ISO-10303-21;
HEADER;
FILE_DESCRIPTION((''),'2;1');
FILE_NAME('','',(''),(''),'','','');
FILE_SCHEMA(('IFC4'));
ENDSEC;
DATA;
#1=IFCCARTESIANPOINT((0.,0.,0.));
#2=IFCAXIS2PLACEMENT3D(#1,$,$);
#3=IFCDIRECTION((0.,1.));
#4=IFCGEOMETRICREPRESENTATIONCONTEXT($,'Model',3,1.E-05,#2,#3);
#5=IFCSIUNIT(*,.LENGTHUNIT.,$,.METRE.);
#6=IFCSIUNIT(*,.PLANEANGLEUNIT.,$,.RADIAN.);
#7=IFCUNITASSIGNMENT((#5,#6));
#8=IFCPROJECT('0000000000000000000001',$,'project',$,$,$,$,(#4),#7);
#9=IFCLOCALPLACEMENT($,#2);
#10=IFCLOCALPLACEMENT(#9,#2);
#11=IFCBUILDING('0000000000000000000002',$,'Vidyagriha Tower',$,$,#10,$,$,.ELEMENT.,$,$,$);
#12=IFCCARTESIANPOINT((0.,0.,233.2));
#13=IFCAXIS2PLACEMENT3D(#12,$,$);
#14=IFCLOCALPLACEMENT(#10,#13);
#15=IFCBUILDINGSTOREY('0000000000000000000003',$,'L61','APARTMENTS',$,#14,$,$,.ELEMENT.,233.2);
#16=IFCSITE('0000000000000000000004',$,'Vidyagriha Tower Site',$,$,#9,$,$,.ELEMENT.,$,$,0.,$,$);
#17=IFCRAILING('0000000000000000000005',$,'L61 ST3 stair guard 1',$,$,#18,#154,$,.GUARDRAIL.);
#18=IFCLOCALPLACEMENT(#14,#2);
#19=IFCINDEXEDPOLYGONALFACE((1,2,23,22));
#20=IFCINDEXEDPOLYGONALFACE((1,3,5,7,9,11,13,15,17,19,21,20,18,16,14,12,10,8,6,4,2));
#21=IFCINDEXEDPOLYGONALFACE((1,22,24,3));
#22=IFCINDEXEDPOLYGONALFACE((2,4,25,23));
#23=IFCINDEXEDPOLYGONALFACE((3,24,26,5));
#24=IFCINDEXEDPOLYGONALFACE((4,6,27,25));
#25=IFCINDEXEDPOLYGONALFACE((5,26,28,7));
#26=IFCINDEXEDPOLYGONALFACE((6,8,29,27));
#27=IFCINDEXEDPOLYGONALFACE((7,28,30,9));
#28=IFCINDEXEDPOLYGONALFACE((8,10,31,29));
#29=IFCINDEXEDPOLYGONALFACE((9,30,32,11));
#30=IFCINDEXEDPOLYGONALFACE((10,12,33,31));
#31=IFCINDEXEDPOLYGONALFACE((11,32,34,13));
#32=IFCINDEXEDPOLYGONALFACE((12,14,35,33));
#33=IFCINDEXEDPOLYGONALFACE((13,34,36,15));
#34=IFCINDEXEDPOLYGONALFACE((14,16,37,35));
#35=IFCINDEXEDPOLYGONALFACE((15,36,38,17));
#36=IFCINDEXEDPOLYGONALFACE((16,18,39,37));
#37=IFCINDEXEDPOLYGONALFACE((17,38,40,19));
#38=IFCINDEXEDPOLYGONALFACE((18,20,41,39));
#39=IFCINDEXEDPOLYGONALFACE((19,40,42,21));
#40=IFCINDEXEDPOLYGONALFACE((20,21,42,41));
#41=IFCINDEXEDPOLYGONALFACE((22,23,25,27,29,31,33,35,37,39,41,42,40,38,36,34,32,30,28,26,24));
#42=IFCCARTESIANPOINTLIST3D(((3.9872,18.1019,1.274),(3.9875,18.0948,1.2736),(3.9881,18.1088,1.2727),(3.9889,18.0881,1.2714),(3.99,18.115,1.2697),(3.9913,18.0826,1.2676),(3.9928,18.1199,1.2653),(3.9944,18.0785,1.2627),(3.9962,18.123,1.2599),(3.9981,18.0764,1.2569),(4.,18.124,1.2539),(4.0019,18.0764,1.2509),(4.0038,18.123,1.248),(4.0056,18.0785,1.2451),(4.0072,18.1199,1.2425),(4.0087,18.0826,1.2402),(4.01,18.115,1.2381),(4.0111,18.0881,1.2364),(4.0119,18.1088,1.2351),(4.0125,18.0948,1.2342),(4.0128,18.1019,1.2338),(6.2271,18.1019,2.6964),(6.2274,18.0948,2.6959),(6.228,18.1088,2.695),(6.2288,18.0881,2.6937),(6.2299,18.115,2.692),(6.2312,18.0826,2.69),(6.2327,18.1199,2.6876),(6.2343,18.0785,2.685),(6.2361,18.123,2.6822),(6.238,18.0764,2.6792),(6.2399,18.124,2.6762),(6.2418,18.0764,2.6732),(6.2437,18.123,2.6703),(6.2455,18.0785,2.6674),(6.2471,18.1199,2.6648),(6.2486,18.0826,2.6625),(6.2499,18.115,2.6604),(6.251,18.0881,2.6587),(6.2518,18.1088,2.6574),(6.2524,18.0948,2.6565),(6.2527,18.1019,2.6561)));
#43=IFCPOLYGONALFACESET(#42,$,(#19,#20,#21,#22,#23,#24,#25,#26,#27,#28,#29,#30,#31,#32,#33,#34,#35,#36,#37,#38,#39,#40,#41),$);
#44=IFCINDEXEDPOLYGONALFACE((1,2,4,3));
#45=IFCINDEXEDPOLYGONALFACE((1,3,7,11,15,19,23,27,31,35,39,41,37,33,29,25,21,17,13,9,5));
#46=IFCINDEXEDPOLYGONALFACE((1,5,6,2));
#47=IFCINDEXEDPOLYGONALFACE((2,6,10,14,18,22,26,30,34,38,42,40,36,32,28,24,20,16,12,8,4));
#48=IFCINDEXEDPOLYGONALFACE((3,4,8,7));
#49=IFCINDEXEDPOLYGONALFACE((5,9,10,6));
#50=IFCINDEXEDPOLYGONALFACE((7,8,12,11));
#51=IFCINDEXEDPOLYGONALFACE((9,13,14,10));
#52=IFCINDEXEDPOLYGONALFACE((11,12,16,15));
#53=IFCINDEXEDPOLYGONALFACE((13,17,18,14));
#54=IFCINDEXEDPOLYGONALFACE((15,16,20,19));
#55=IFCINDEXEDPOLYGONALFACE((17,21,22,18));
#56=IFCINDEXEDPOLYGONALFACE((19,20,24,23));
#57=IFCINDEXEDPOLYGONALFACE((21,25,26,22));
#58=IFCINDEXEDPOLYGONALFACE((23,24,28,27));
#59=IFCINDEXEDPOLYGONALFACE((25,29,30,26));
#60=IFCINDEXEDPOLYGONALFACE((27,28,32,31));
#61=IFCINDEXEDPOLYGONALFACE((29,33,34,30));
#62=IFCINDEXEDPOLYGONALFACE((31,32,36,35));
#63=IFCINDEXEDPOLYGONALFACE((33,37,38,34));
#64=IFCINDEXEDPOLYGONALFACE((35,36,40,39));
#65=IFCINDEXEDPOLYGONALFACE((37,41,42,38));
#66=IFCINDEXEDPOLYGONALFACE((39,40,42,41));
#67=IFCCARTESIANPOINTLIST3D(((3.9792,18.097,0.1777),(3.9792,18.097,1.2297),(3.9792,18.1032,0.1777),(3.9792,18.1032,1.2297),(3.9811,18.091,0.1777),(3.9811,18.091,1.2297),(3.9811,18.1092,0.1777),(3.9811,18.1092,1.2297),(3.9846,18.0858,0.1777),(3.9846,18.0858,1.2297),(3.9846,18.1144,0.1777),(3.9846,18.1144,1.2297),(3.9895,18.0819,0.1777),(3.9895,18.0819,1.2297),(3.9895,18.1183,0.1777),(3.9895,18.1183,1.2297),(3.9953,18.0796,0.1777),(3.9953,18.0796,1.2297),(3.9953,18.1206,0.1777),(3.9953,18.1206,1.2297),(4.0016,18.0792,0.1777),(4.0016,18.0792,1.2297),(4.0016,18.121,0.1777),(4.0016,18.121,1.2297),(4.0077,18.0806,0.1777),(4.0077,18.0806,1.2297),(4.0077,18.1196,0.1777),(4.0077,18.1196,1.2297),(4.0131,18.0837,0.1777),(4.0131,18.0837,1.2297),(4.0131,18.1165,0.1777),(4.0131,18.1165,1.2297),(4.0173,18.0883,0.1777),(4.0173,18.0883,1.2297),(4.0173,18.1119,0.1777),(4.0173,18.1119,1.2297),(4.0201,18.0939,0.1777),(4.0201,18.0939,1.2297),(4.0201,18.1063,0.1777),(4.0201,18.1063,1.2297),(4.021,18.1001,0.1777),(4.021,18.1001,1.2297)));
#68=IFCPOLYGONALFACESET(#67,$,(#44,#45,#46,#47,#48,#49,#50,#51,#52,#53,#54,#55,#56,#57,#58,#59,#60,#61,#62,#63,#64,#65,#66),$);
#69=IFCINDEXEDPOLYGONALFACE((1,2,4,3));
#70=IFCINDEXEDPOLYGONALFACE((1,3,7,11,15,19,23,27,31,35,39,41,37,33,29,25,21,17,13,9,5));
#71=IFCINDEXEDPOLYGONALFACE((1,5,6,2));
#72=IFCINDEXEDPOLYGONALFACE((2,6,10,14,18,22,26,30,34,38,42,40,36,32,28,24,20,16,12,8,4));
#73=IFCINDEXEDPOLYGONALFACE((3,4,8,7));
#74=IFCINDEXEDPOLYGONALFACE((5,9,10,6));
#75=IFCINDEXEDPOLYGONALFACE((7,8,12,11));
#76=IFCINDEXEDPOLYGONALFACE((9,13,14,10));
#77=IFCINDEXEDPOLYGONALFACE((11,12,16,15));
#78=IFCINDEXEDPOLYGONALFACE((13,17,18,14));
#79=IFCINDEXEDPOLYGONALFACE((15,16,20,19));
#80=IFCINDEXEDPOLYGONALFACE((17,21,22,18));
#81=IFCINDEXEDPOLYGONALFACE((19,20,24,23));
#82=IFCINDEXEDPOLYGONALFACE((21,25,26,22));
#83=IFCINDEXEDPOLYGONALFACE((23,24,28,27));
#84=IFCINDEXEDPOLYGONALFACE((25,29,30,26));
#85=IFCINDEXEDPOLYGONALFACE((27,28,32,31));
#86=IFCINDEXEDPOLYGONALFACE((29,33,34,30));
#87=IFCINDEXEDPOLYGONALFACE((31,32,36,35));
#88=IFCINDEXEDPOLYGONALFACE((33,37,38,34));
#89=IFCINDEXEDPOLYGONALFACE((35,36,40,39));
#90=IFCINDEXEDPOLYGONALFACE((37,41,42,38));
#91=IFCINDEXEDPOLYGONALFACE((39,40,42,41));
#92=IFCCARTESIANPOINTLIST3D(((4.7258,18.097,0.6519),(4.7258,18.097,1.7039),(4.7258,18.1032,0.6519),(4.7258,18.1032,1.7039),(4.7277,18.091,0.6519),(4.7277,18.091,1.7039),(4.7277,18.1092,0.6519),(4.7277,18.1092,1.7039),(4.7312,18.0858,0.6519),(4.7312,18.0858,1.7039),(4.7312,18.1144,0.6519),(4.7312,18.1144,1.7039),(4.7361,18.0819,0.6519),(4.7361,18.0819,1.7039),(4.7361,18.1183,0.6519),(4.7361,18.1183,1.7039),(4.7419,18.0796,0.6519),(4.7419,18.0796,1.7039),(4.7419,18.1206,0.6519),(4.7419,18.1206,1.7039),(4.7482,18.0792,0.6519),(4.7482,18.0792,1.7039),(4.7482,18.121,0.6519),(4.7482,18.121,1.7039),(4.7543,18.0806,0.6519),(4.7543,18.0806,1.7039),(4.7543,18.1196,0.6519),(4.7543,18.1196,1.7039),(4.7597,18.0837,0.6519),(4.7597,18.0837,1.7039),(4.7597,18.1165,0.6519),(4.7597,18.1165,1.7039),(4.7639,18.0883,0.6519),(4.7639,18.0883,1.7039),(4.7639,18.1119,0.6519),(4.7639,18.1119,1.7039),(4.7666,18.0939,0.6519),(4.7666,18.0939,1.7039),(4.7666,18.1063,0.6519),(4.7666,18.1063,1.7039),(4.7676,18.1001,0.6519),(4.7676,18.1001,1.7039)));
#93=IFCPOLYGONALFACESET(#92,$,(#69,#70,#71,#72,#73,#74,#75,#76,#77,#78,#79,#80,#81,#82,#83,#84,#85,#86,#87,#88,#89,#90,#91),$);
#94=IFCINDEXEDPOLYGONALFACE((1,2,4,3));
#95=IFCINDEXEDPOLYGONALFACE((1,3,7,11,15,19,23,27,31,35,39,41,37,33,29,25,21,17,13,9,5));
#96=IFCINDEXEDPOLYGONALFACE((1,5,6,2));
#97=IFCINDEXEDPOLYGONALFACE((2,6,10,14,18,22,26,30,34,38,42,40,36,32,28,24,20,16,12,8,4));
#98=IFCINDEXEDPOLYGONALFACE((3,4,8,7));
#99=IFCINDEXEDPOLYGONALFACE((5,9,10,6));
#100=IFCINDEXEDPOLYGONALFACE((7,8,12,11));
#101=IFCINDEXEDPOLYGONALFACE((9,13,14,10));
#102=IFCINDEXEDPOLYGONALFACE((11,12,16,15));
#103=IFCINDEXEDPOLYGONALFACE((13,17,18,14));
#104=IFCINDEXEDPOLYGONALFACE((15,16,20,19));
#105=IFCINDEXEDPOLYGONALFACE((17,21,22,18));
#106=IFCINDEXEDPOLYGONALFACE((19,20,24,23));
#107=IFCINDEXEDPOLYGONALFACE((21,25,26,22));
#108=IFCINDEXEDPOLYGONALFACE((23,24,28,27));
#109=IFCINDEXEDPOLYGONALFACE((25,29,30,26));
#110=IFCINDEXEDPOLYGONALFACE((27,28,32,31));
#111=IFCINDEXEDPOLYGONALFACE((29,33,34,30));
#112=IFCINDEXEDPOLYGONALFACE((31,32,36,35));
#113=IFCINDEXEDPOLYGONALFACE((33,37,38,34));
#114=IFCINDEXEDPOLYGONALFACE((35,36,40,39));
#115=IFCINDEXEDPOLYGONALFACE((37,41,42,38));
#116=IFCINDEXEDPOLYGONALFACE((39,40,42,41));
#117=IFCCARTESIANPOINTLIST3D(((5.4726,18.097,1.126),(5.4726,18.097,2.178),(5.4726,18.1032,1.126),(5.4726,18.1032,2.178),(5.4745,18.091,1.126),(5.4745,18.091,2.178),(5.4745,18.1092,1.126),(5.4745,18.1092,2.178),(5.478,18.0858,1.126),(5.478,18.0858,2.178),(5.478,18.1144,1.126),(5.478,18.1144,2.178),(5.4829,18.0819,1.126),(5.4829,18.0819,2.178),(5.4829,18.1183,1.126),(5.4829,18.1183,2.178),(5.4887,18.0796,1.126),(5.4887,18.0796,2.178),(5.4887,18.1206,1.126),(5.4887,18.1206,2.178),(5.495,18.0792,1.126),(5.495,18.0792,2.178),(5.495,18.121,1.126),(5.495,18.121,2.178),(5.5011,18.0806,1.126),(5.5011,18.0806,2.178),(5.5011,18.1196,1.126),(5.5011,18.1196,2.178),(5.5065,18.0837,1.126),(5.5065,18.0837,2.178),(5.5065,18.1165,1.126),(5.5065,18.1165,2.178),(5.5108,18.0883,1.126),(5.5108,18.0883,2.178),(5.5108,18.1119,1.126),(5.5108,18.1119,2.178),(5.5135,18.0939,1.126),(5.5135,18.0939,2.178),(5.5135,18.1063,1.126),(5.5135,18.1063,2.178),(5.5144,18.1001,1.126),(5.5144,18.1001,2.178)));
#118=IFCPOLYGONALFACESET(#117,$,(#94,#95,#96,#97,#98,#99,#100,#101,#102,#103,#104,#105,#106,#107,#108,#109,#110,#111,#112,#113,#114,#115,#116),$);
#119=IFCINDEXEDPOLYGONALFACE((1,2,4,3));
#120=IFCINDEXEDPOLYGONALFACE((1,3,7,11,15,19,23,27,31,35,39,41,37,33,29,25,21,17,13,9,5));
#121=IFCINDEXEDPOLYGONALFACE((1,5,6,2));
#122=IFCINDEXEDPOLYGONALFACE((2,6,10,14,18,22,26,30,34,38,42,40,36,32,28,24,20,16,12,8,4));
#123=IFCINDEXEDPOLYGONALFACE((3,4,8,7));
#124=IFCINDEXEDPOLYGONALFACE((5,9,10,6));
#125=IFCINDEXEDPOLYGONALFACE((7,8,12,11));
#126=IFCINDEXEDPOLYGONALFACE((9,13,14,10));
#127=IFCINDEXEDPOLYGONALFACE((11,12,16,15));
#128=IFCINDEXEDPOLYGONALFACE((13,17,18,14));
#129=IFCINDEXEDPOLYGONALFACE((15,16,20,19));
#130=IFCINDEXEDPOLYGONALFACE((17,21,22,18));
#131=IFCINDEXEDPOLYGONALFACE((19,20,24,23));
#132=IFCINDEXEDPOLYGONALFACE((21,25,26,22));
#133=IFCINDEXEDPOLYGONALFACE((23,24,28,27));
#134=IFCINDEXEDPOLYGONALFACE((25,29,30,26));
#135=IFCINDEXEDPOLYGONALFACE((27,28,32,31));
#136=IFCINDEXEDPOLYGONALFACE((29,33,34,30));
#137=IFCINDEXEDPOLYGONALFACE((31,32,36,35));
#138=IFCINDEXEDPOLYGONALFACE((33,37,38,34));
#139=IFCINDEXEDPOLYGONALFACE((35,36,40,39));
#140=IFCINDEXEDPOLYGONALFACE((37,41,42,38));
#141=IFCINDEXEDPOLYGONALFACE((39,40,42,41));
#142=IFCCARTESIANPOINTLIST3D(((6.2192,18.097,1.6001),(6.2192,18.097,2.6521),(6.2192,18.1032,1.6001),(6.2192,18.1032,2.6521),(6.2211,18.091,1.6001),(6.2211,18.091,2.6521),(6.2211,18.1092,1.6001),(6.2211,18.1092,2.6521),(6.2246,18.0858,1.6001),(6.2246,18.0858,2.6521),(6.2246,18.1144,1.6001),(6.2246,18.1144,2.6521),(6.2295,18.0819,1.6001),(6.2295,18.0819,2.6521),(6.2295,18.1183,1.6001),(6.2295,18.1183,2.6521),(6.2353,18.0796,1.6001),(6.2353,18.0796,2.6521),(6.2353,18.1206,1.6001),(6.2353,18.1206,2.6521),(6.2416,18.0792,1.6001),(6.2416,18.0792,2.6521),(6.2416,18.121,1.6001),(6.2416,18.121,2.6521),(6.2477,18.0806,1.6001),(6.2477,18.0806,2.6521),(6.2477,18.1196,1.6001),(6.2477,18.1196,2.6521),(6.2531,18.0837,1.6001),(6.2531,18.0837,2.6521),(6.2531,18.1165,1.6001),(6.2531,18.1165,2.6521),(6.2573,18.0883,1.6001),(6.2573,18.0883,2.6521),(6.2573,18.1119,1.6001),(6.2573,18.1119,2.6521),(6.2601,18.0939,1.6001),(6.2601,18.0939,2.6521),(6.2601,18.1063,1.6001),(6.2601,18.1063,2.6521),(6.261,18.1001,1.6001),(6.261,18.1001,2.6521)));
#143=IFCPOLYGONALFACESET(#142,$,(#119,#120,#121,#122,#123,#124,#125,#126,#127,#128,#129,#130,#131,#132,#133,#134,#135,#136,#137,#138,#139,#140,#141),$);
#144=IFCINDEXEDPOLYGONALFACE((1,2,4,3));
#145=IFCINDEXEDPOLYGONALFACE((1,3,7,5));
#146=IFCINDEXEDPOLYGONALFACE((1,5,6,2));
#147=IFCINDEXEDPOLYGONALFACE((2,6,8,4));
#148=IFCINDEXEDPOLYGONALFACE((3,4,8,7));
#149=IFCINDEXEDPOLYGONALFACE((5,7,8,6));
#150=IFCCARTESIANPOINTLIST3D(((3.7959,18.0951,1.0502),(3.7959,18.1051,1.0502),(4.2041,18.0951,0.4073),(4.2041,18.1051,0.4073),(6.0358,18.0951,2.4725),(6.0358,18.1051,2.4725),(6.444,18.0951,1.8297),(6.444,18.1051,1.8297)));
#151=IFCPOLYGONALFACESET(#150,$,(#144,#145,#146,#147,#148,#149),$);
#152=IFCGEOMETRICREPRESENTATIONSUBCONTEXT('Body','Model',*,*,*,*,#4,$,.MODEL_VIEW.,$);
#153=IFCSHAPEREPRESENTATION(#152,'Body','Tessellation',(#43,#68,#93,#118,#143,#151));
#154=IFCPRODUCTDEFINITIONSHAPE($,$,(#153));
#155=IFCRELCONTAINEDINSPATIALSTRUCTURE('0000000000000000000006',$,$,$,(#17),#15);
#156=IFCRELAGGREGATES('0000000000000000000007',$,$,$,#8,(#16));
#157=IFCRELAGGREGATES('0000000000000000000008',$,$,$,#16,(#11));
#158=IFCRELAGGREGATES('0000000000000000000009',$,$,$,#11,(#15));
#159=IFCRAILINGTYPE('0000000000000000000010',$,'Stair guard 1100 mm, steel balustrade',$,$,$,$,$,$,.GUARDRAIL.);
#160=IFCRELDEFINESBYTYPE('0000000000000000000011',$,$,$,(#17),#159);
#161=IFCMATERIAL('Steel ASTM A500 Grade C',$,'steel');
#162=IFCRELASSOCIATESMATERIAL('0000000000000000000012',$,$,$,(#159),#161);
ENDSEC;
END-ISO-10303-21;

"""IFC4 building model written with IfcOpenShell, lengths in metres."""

from ifc_helpers import new_model, si_unit, direction, frame, origin, origin_2d, place, context, subcontext, project, spatial, rectangle, circle, extrude, material, type_object, element, save


model = new_model("IFC4")

# Units and contexts
model_context = context("Model", 3, precision=1e-05, world=origin(), true_north=direction((0.0, 1.0)))
body_context = subcontext(model_context, "Body", "Model", "MODEL_VIEW")
ifc_project = project(units=[si_unit("LENGTHUNIT", "METRE"), si_unit("PLANEANGLEUNIT", "RADIAN")], contexts=[model_context])

# Site, building, storey
site_placement = place(None, origin())
site = spatial("IfcSite", under=ifc_project, at=site_placement, Name="Vidyagriha Tower Site", CompositionType="ELEMENT", RefElevation=0.0)
building_placement = place(site_placement, origin())
building = spatial("IfcBuilding", under=site, at=building_placement, Name="Vidyagriha Tower", CompositionType="ELEMENT")
storey_placement = place(building_placement, frame((0.0, 0.0, 233.2)))
storey = spatial("IfcBuildingStorey", under=building, at=storey_placement, Name="L61", Description="APARTMENTS", CompositionType="ELEMENT", Elevation=233.2)

# Railing
ifc_material_1 = material(Name="Steel ASTM A500 Grade C", Category="steel")
railing_type_1 = type_object("IfcRailingType", Name="Stair guard 1100 mm, steel balustrade", PredefinedType="GUARDRAIL", material=ifc_material_1)
railing_1_placement = place(storey_placement, frame((4.0, 18.1001, 0.1777)))
element("IfcRailing", 1, at=railing_1_placement, inside=storey, type_object=railing_type_1, Name="L61 ST3 stair guard 1", PredefinedType="GUARDRAIL", context=body_context, shape_type="SweptSolid", body=[
    extrude(circle(Radius=0.0239, at=origin_2d()), frame((0.0, 0.0, 1.0762), z_axis=(0.844188, 0.0, 0.536048), x_axis=(0.0, 1.0, 0.0)), (0.0, 0.0, 1.0), 2.6533),
    extrude(circle(Radius=0.021, at=origin_2d()), origin(), (0.0, 0.0, 1.0), 1.052),
    extrude(circle(Radius=0.021, at=origin_2d()), frame((0.7466, 0.0, 0.4741)), (0.0, 0.0, 1.0), 1.052),
    extrude(circle(Radius=0.021, at=origin_2d()), frame((1.4934, 0.0, 0.9482)), (0.0, 0.0, 1.0), 1.052),
    extrude(circle(Radius=0.021, at=origin_2d()), frame((2.24, 0.0, 1.4224)), (0.0, 0.0, 1.0), 1.052),
    extrude(rectangle(XDim=0.01, YDim=0.7615, at=origin_2d()), frame((0.0, 0.0, 0.551), z_axis=(0.844188, 0.0, 0.536048), x_axis=(0.0, 1.0, 0.0)), (0.0, 0.0, 1.0), 2.6533),
])

save(model, "model.ifc")
